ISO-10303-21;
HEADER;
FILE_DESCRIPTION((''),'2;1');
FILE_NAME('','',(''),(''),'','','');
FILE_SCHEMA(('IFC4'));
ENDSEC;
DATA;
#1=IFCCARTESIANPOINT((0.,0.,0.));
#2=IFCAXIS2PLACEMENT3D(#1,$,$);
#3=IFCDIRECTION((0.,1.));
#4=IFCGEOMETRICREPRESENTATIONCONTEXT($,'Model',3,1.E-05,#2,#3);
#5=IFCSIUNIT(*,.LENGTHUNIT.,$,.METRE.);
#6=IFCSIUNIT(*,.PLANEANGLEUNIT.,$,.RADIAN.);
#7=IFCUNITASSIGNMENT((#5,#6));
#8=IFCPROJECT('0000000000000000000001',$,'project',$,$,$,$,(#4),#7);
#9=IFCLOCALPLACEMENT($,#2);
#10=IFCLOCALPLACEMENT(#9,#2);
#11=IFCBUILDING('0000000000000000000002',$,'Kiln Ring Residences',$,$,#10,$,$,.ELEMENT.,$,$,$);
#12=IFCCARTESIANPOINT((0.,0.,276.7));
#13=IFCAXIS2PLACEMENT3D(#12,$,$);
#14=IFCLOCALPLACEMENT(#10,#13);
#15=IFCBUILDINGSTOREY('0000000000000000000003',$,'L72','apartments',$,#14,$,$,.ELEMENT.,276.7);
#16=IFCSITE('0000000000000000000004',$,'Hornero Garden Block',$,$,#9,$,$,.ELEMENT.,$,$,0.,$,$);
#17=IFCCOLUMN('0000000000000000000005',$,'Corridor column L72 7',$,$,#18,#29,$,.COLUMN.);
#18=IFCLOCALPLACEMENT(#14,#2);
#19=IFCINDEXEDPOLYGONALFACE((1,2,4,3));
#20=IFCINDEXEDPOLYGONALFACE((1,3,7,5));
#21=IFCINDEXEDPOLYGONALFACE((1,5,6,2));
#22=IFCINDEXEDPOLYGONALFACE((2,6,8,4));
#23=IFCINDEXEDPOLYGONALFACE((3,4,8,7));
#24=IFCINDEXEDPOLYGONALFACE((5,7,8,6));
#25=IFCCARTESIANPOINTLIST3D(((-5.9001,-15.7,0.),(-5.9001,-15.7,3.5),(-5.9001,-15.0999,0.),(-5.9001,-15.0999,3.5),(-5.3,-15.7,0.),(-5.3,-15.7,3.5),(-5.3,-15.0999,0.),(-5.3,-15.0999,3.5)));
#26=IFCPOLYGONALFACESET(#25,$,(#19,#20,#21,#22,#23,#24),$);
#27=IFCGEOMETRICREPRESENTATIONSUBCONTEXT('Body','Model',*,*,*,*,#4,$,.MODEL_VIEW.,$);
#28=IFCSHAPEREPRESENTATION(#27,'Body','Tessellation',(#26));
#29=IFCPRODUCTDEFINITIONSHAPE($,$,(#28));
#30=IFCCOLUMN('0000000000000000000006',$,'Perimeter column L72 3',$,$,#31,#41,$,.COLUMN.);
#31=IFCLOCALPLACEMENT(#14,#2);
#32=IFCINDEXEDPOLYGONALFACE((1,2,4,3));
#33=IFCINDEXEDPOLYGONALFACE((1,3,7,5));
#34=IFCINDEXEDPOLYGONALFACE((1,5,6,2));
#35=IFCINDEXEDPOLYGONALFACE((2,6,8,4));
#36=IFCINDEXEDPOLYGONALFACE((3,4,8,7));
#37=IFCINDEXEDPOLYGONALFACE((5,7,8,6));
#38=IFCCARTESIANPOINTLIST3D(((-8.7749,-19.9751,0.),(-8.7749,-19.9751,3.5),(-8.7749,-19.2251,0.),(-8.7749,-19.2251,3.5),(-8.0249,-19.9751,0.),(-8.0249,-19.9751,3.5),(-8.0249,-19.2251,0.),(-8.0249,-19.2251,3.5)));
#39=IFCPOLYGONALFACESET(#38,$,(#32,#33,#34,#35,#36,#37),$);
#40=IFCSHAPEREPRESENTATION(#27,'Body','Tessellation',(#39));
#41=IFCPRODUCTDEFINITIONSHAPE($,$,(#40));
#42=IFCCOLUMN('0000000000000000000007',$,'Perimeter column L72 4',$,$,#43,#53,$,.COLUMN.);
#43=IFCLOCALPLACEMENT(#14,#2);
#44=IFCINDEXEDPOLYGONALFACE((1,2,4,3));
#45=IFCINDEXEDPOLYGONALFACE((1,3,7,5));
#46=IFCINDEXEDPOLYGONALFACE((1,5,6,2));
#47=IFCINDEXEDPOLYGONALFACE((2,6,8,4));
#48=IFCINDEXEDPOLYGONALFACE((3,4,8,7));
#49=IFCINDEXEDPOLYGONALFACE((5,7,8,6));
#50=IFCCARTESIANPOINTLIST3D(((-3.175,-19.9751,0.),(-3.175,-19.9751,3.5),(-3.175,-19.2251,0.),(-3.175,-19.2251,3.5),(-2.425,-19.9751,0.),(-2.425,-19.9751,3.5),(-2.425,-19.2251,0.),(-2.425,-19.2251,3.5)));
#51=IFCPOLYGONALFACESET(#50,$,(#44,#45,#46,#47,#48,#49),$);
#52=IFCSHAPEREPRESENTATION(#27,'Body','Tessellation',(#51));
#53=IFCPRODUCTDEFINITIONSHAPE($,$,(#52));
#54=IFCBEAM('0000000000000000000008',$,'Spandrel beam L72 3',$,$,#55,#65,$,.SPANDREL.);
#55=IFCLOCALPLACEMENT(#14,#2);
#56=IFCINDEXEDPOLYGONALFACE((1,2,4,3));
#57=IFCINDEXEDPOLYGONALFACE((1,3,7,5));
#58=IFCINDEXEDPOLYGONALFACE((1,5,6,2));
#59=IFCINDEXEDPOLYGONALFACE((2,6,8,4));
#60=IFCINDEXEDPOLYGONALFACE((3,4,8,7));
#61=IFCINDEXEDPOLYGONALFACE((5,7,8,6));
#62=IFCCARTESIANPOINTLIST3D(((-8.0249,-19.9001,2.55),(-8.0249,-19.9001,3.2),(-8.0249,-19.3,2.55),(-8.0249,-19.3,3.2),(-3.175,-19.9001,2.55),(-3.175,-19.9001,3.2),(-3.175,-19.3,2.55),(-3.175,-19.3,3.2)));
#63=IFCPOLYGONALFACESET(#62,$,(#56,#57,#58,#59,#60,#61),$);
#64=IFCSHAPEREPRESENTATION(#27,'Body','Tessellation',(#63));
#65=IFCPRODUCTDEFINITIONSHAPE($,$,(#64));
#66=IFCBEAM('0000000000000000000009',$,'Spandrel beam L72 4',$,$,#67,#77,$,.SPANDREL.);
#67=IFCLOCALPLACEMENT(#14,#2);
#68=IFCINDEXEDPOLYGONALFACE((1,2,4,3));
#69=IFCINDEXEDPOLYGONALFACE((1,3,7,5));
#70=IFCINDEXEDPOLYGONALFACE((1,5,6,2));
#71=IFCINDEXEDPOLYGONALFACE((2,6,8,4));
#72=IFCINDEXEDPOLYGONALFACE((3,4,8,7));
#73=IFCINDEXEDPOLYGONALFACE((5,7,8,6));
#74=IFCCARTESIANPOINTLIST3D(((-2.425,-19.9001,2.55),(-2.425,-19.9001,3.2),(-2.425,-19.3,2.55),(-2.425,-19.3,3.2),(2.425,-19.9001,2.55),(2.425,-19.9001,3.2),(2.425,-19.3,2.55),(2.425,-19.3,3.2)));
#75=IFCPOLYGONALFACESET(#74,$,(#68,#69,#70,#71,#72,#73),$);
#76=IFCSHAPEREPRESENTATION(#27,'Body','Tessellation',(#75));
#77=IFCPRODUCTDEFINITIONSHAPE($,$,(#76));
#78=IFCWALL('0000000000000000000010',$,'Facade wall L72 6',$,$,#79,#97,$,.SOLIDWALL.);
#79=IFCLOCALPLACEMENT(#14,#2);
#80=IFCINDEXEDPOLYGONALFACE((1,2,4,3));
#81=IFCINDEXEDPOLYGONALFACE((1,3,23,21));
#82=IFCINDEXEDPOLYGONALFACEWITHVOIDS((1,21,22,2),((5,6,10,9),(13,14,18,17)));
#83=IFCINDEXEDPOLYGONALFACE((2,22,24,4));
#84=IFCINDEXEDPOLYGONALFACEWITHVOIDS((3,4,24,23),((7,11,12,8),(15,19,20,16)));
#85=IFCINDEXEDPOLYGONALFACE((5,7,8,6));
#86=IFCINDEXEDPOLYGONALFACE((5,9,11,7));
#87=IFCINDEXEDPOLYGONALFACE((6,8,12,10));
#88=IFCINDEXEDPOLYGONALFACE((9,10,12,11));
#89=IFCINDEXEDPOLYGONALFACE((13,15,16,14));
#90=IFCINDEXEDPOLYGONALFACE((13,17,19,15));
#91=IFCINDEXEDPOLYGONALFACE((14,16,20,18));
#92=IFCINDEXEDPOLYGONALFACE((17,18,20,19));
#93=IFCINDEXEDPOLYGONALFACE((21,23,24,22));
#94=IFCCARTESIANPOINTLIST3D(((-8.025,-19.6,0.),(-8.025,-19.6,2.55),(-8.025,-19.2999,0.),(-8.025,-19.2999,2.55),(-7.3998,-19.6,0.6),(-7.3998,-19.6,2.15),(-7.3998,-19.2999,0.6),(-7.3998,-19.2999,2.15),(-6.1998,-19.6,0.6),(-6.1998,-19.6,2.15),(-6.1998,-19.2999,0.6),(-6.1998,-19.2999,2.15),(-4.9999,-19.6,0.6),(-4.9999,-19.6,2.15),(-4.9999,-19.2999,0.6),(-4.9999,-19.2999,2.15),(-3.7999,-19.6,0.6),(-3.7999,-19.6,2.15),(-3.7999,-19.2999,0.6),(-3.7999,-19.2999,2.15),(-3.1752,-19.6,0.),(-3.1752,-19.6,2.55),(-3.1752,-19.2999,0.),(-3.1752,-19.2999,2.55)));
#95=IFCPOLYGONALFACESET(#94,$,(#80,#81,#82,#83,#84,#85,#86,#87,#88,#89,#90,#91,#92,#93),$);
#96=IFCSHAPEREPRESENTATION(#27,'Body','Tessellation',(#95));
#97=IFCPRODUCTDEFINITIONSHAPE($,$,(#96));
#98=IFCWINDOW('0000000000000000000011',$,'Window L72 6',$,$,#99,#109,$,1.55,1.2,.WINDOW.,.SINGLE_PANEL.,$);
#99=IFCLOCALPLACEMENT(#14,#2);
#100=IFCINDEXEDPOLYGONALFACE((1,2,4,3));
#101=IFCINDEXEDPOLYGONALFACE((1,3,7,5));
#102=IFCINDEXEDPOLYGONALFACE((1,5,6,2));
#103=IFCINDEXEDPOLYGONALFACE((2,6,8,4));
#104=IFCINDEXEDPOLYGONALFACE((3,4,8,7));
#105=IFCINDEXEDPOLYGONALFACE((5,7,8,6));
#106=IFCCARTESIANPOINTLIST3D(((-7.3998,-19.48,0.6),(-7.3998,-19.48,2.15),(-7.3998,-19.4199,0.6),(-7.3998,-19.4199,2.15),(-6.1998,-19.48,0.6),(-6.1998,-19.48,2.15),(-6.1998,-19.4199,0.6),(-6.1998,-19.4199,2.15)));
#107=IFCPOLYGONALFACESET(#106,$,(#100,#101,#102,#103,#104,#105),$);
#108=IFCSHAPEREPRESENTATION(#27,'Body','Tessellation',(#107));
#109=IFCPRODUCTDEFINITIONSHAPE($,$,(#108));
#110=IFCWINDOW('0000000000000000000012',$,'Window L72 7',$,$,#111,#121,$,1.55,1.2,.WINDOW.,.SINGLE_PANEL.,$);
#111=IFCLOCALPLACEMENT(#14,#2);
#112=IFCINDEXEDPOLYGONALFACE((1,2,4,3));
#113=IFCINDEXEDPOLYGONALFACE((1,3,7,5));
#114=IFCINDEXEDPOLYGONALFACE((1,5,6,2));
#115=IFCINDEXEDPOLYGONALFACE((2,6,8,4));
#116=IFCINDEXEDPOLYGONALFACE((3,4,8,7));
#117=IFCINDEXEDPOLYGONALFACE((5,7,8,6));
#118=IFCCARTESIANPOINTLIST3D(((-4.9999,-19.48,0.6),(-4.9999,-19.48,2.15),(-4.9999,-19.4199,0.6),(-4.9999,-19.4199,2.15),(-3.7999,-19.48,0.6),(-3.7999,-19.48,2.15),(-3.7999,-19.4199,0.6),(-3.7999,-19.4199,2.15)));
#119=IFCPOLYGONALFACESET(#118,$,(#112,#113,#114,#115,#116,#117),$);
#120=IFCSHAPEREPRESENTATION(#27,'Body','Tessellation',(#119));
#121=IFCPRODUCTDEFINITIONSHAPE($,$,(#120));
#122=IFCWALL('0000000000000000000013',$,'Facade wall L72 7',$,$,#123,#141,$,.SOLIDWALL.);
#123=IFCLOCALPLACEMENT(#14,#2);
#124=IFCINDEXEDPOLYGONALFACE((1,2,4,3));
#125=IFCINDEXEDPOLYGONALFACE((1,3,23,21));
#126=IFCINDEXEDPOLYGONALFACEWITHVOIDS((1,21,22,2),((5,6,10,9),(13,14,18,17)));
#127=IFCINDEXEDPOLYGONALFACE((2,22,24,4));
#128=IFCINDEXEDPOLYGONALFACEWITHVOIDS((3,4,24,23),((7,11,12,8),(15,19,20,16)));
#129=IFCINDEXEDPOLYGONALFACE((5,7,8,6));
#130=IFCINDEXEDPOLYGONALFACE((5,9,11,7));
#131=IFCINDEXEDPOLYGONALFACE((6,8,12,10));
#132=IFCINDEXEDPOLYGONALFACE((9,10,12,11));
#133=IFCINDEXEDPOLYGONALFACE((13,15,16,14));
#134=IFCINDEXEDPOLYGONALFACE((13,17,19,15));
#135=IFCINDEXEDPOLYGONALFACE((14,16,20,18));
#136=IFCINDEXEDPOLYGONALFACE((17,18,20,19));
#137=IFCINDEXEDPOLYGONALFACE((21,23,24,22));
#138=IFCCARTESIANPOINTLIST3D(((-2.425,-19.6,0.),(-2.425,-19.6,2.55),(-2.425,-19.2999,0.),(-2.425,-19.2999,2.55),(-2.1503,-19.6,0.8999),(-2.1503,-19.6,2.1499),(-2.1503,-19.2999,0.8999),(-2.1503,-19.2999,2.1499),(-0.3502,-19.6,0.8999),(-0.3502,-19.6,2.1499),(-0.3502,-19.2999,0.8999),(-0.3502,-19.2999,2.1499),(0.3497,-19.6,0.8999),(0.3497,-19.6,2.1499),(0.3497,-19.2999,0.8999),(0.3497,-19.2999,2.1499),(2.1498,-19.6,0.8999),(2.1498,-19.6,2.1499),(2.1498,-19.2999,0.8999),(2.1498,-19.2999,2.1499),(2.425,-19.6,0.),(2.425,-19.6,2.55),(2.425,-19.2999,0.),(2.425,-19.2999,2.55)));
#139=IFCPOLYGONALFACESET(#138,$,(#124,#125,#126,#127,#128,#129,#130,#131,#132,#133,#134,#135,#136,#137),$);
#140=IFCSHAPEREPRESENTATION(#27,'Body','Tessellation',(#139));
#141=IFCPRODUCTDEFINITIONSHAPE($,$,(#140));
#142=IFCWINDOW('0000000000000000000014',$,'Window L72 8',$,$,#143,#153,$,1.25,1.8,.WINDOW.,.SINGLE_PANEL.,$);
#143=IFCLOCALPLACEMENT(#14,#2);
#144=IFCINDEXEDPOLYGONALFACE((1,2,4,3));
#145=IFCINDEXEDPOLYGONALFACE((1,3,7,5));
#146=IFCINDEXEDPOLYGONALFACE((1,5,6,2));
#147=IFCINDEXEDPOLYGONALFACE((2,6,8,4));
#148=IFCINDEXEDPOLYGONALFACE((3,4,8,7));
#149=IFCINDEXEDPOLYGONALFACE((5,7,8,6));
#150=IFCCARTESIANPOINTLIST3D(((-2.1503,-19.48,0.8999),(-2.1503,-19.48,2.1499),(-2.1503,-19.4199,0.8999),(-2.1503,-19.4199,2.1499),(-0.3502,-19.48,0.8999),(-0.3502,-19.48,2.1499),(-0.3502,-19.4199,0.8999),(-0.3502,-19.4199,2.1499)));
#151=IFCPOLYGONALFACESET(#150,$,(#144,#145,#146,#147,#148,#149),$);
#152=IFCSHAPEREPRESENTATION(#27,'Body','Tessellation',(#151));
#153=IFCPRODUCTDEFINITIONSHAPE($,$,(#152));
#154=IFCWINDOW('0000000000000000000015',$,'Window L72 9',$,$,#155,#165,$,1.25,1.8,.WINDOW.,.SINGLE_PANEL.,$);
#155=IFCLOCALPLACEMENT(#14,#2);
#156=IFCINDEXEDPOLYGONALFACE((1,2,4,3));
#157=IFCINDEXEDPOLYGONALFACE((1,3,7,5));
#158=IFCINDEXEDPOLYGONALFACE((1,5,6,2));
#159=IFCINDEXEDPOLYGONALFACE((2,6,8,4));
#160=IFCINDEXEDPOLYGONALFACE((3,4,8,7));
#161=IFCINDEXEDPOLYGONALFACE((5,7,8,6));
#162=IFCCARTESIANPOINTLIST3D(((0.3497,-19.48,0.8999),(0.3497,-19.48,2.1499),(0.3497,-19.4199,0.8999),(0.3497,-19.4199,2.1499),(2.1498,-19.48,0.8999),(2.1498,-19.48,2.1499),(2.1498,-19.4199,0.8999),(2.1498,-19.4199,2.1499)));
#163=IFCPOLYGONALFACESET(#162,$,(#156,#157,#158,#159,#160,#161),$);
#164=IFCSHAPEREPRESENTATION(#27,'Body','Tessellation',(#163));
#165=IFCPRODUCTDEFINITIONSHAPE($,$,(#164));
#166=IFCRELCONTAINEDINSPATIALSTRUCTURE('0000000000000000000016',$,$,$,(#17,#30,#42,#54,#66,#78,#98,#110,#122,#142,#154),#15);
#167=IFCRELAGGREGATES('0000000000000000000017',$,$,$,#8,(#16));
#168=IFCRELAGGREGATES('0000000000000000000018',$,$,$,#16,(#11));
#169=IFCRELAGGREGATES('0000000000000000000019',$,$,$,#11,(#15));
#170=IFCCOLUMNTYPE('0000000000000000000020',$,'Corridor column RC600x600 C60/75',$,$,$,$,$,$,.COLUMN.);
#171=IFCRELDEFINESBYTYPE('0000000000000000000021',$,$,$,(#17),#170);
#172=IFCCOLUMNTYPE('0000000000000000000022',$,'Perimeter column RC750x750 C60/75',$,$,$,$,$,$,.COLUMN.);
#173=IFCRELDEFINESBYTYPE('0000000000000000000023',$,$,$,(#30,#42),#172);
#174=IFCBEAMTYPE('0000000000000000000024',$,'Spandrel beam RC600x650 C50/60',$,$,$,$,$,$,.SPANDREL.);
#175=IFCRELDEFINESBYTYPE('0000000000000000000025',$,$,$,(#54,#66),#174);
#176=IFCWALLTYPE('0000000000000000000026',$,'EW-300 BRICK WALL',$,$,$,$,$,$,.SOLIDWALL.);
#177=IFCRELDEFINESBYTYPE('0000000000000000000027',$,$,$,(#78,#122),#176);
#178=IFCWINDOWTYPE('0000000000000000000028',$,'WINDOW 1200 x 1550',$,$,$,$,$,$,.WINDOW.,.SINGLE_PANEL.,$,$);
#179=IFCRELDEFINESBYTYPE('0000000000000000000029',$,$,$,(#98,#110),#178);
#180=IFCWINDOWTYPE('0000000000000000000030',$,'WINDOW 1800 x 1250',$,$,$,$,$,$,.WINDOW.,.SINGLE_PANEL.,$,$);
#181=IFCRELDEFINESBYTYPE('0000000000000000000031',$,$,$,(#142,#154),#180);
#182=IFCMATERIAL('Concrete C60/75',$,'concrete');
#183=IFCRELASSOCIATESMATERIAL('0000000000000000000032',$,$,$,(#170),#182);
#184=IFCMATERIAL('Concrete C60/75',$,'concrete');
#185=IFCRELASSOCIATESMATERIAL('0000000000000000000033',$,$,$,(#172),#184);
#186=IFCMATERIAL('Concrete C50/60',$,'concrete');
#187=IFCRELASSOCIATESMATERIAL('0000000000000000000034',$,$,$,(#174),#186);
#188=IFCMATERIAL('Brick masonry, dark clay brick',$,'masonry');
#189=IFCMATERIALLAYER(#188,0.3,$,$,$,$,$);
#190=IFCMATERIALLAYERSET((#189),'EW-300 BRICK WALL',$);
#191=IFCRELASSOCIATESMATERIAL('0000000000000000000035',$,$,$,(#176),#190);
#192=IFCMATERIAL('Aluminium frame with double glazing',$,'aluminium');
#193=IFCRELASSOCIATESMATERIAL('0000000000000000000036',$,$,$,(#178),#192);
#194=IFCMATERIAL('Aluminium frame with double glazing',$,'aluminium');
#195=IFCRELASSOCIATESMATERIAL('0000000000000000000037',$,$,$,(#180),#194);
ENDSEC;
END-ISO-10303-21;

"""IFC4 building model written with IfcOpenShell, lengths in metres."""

from ifc_helpers import new_model, si_unit, direction, frame, frame_2d, origin, origin_2d, place, context, subcontext, project, spatial, rectangle, extrude, material, layer, layer_set, material_profile, profile_set, type_object, element, fill, save


model = new_model("IFC4")

# Units and contexts
model_context = context("Model", 3, precision=1e-05, world=origin(), true_north=direction((0.0, 1.0)))
body_context = subcontext(model_context, "Body", "Model", "MODEL_VIEW")
ifc_project = project(units=[si_unit("LENGTHUNIT", "METRE"), si_unit("PLANEANGLEUNIT", "RADIAN")], contexts=[model_context])

# Site, building, storey
site_placement = place(None, origin())
site = spatial("IfcSite", under=ifc_project, at=site_placement, Name="Hornero Garden Block", CompositionType="ELEMENT", RefElevation=0.0)
building_placement = place(site_placement, origin())
building = spatial("IfcBuilding", under=site, at=building_placement, Name="Kiln Ring Residences", CompositionType="ELEMENT")
storey_placement = place(building_placement, frame((0.0, 0.0, 276.7)))
storey = spatial("IfcBuildingStorey", under=building, at=storey_placement, Name="L72", Description="apartments", CompositionType="ELEMENT", Elevation=276.7)

# Columns
ifc_material_1 = material(Name="Concrete C60/75", Category="concrete")
ifc_material_profile_1 = material_profile(ifc_material_1, rectangle(XDim=0.6001, YDim=0.6001, at=origin_2d()), Name="RC600x600")
ifc_profile_set_1 = profile_set([ifc_material_profile_1], Name="Concrete C60/75")
column_type_1 = type_object("IfcColumnType", Name="Corridor column RC600x600 C60/75", PredefinedType="COLUMN", material=ifc_profile_set_1)
column_placement = place(storey_placement, frame((-5.6001, -15.3999, 0.0), z_axis=(0.0, 0.0, 1.0), x_axis=(1.0, 0.0, 0.0)))
element("IfcColumn", 1, at=column_placement, inside=storey, type_object=column_type_1, Name="Corridor column L72 7", PredefinedType="COLUMN", context=body_context, shape_type="SweptSolid", body=[
    extrude(rectangle(XDim=0.6001, YDim=0.6001, at=origin_2d()), origin(), (0.0, 0.0, 1.0), 3.5),
])
ifc_material_2 = material(Name="Concrete C60/75", Category="concrete")
ifc_material_profile_2 = material_profile(ifc_material_2, rectangle(XDim=0.75, YDim=0.75, at=origin_2d()), Name="RC750x750")
ifc_profile_set_2 = profile_set([ifc_material_profile_2], Name="Concrete C60/75")
column_type_2 = type_object("IfcColumnType", Name="Perimeter column RC750x750 C60/75", PredefinedType="COLUMN", material=ifc_profile_set_2)
for number, where, z_axis, x_axis, name in (
    (2, (-8.3999, -19.6001, 0.0), (0.0, 0.0, 1.0), (1.0, 0.0, 0.0), "Perimeter column L72 3"),
    (3, (-2.8, -19.6001, 0.0), (0.0, 0.0, 1.0), (1.0, 0.0, 0.0), "Perimeter column L72 4"),
):
    element("IfcColumn", number, at=place(storey_placement, frame(where, z_axis=z_axis, x_axis=x_axis)), inside=storey, type_object=column_type_2, Name=name, PredefinedType="COLUMN", context=body_context, shape_type="SweptSolid", body=[
        extrude(rectangle(XDim=0.75, YDim=0.75, at=origin_2d()), origin(), (0.0, 0.0, 1.0), 3.5),
    ])

# Beams
ifc_material_3 = material(Name="Concrete C50/60", Category="concrete")
ifc_material_profile_3 = material_profile(ifc_material_3, rectangle(XDim=0.6001, YDim=0.6499, at=origin_2d()), Name="RC600x650")
ifc_profile_set_3 = profile_set([ifc_material_profile_3], Name="Concrete C50/60")
beam_type = type_object("IfcBeamType", Name="Spandrel beam RC600x650 C50/60", PredefinedType="SPANDREL", material=ifc_profile_set_3)
beam_1_placement = place(storey_placement, frame((-8.0249, -19.6001, 2.875), z_axis=(1.0, 0.0, 0.0), x_axis=(0.0, 1.0, 0.0)))
element("IfcBeam", 4, at=beam_1_placement, inside=storey, type_object=beam_type, Name="Spandrel beam L72 3", PredefinedType="SPANDREL", context=body_context, shape_type="SweptSolid", body=[
    extrude(rectangle(XDim=0.6001, YDim=0.6499, at=origin_2d()), origin(), (0.0, 0.0, 1.0), 4.8499),
])
beam_2_placement = place(storey_placement, frame((-2.425, -19.6001, 2.875), z_axis=(1.0, 0.0, 0.0), x_axis=(0.0, 1.0, 0.0)))
element("IfcBeam", 5, at=beam_2_placement, inside=storey, type_object=beam_type, Name="Spandrel beam L72 4", PredefinedType="SPANDREL", context=body_context, shape_type="SweptSolid", body=[
    extrude(rectangle(XDim=0.6001, YDim=0.6499, at=origin_2d()), origin(), (0.0, 0.0, 1.0), 4.8501),
])

# Walls, openings, windows
ifc_material_4 = material(Name="Brick masonry, dark clay brick", Category="masonry")
ifc_layer_1 = layer(ifc_material_4, 0.3)
ifc_layer_set_1 = layer_set([ifc_layer_1], Name="EW-300 BRICK WALL")
wall_type_1 = type_object("IfcWallType", Name="EW-300 BRICK WALL", PredefinedType="SOLIDWALL", material=ifc_layer_set_1)
wall_1_placement = place(storey_placement, frame((-8.0249, -19.45, 0.0), z_axis=(0.0, 0.0, 1.0), x_axis=(1.0, 0.0, 0.0)))
wall_1 = element("IfcWall", 6, at=wall_1_placement, inside=storey, type_object=wall_type_1, Name="Facade wall L72 6", PredefinedType="SOLIDWALL", context=body_context, shape_type="SweptSolid", body=[
    extrude(rectangle(XDim=4.8499, YDim=0.3, at=frame_2d((2.4248, 0.0))), origin(), (0.0, 0.0, 1.0), 2.55),
])
opening_1_placement = place(wall_1_placement, frame((0.625, 0.0, 0.6001)))
opening_1 = element("IfcOpeningElement", 7, at=opening_1_placement, cuts=wall_1, PredefinedType="OPENING", context=body_context, shape_type="SweptSolid", body=[
    extrude(rectangle(XDim=1.2, YDim=1.55, at=frame_2d((0.6001, 0.7749))), frame((0.0, 0.1599, 0.0), z_axis=(0.0, -1.0, 0.0), x_axis=(1.0, 0.0, 0.0)), (0.0, 0.0, 1.0), 0.3201),
])
opening_2_placement = place(wall_1_placement, frame((3.0249, 0.0, 0.6001)))
opening_2 = element("IfcOpeningElement", 8, at=opening_2_placement, cuts=wall_1, PredefinedType="OPENING", context=body_context, shape_type="SweptSolid", body=[
    extrude(rectangle(XDim=1.2, YDim=1.55, at=frame_2d((0.6001, 0.7749))), frame((0.0, 0.1599, 0.0), z_axis=(0.0, -1.0, 0.0), x_axis=(1.0, 0.0, 0.0)), (0.0, 0.0, 1.0), 0.3201),
])
ifc_material_5 = material(Name="Aluminium frame with double glazing", Category="aluminium")
window_type_1 = type_object("IfcWindowType", Name="WINDOW 1200 x 1550", PartitioningType="SINGLE_PANEL", PredefinedType="WINDOW", material=ifc_material_5)
window_1_placement = place(opening_1_placement, origin())
window_1 = element("IfcWindow", 9, at=window_1_placement, inside=storey, type_object=window_type_1, Name="Window L72 6", OverallHeight=1.55, OverallWidth=1.2, PartitioningType="SINGLE_PANEL", PredefinedType="WINDOW", context=body_context, shape_type="SweptSolid", body=[
    extrude(rectangle(XDim=1.2, YDim=1.55, at=frame_2d((0.6001, 0.7749))), frame((0.0, 0.03, 0.0), z_axis=(0.0, -1.0, 0.0), x_axis=(1.0, 0.0, 0.0)), (0.0, 0.0, 1.0), 0.0601),
])
fill(opening_1, window_1)
window_2_placement = place(opening_2_placement, origin())
window_2 = element("IfcWindow", 10, at=window_2_placement, inside=storey, type_object=window_type_1, Name="Window L72 7", OverallHeight=1.55, OverallWidth=1.2, PartitioningType="SINGLE_PANEL", PredefinedType="WINDOW", context=body_context, shape_type="SweptSolid", body=[
    extrude(rectangle(XDim=1.2, YDim=1.55, at=frame_2d((0.6001, 0.7749))), frame((0.0, 0.03, 0.0), z_axis=(0.0, -1.0, 0.0), x_axis=(1.0, 0.0, 0.0)), (0.0, 0.0, 1.0), 0.0601),
])
fill(opening_2, window_2)
wall_2_placement = place(storey_placement, frame((-2.425, -19.45, 0.0), z_axis=(0.0, 0.0, 1.0), x_axis=(1.0, 0.0, 0.0)))
wall_2 = element("IfcWall", 11, at=wall_2_placement, inside=storey, type_object=wall_type_1, Name="Facade wall L72 7", PredefinedType="SOLIDWALL", context=body_context, shape_type="SweptSolid", body=[
    extrude(rectangle(XDim=4.8501, YDim=0.3, at=frame_2d((2.425, 0.0))), origin(), (0.0, 0.0, 1.0), 2.55),
])
opening_3_placement = place(wall_2_placement, frame((0.2749, 0.0, 0.8999)))
opening_3 = element("IfcOpeningElement", 12, at=opening_3_placement, cuts=wall_2, PredefinedType="OPENING", context=body_context, shape_type="SweptSolid", body=[
    extrude(rectangle(XDim=1.8, YDim=1.25, at=frame_2d((0.8999, 0.625))), frame((0.0, 0.1599, 0.0), z_axis=(0.0, -1.0, 0.0), x_axis=(1.0, 0.0, 0.0)), (0.0, 0.0, 1.0), 0.3201),
])
opening_4_placement = place(wall_2_placement, frame((2.7749, 0.0, 0.8999)))
opening_4 = element("IfcOpeningElement", 13, at=opening_4_placement, cuts=wall_2, PredefinedType="OPENING", context=body_context, shape_type="SweptSolid", body=[
    extrude(rectangle(XDim=1.8, YDim=1.25, at=frame_2d((0.8999, 0.625))), frame((0.0, 0.1599, 0.0), z_axis=(0.0, -1.0, 0.0), x_axis=(1.0, 0.0, 0.0)), (0.0, 0.0, 1.0), 0.3201),
])
ifc_material_6 = material(Name="Aluminium frame with double glazing", Category="aluminium")
window_type_2 = type_object("IfcWindowType", Name="WINDOW 1800 x 1250", PartitioningType="SINGLE_PANEL", PredefinedType="WINDOW", material=ifc_material_6)
window_3_placement = place(opening_3_placement, origin())
window_3 = element("IfcWindow", 14, at=window_3_placement, inside=storey, type_object=window_type_2, Name="Window L72 8", OverallHeight=1.25, OverallWidth=1.8, PartitioningType="SINGLE_PANEL", PredefinedType="WINDOW", context=body_context, shape_type="SweptSolid", body=[
    extrude(rectangle(XDim=1.8, YDim=1.25, at=frame_2d((0.8999, 0.625))), frame((0.0, 0.03, 0.0), z_axis=(0.0, -1.0, 0.0), x_axis=(1.0, 0.0, 0.0)), (0.0, 0.0, 1.0), 0.0601),
])
fill(opening_3, window_3)
window_4_placement = place(opening_4_placement, origin())
window_4 = element("IfcWindow", 15, at=window_4_placement, inside=storey, type_object=window_type_2, Name="Window L72 9", OverallHeight=1.25, OverallWidth=1.8, PartitioningType="SINGLE_PANEL", PredefinedType="WINDOW", context=body_context, shape_type="SweptSolid", body=[
    extrude(rectangle(XDim=1.8, YDim=1.25, at=frame_2d((0.8999, 0.625))), frame((0.0, 0.03, 0.0), z_axis=(0.0, -1.0, 0.0), x_axis=(1.0, 0.0, 0.0)), (0.0, 0.0, 1.0), 0.0601),
])
fill(opening_4, window_4)

save(model, "model.ifc")
